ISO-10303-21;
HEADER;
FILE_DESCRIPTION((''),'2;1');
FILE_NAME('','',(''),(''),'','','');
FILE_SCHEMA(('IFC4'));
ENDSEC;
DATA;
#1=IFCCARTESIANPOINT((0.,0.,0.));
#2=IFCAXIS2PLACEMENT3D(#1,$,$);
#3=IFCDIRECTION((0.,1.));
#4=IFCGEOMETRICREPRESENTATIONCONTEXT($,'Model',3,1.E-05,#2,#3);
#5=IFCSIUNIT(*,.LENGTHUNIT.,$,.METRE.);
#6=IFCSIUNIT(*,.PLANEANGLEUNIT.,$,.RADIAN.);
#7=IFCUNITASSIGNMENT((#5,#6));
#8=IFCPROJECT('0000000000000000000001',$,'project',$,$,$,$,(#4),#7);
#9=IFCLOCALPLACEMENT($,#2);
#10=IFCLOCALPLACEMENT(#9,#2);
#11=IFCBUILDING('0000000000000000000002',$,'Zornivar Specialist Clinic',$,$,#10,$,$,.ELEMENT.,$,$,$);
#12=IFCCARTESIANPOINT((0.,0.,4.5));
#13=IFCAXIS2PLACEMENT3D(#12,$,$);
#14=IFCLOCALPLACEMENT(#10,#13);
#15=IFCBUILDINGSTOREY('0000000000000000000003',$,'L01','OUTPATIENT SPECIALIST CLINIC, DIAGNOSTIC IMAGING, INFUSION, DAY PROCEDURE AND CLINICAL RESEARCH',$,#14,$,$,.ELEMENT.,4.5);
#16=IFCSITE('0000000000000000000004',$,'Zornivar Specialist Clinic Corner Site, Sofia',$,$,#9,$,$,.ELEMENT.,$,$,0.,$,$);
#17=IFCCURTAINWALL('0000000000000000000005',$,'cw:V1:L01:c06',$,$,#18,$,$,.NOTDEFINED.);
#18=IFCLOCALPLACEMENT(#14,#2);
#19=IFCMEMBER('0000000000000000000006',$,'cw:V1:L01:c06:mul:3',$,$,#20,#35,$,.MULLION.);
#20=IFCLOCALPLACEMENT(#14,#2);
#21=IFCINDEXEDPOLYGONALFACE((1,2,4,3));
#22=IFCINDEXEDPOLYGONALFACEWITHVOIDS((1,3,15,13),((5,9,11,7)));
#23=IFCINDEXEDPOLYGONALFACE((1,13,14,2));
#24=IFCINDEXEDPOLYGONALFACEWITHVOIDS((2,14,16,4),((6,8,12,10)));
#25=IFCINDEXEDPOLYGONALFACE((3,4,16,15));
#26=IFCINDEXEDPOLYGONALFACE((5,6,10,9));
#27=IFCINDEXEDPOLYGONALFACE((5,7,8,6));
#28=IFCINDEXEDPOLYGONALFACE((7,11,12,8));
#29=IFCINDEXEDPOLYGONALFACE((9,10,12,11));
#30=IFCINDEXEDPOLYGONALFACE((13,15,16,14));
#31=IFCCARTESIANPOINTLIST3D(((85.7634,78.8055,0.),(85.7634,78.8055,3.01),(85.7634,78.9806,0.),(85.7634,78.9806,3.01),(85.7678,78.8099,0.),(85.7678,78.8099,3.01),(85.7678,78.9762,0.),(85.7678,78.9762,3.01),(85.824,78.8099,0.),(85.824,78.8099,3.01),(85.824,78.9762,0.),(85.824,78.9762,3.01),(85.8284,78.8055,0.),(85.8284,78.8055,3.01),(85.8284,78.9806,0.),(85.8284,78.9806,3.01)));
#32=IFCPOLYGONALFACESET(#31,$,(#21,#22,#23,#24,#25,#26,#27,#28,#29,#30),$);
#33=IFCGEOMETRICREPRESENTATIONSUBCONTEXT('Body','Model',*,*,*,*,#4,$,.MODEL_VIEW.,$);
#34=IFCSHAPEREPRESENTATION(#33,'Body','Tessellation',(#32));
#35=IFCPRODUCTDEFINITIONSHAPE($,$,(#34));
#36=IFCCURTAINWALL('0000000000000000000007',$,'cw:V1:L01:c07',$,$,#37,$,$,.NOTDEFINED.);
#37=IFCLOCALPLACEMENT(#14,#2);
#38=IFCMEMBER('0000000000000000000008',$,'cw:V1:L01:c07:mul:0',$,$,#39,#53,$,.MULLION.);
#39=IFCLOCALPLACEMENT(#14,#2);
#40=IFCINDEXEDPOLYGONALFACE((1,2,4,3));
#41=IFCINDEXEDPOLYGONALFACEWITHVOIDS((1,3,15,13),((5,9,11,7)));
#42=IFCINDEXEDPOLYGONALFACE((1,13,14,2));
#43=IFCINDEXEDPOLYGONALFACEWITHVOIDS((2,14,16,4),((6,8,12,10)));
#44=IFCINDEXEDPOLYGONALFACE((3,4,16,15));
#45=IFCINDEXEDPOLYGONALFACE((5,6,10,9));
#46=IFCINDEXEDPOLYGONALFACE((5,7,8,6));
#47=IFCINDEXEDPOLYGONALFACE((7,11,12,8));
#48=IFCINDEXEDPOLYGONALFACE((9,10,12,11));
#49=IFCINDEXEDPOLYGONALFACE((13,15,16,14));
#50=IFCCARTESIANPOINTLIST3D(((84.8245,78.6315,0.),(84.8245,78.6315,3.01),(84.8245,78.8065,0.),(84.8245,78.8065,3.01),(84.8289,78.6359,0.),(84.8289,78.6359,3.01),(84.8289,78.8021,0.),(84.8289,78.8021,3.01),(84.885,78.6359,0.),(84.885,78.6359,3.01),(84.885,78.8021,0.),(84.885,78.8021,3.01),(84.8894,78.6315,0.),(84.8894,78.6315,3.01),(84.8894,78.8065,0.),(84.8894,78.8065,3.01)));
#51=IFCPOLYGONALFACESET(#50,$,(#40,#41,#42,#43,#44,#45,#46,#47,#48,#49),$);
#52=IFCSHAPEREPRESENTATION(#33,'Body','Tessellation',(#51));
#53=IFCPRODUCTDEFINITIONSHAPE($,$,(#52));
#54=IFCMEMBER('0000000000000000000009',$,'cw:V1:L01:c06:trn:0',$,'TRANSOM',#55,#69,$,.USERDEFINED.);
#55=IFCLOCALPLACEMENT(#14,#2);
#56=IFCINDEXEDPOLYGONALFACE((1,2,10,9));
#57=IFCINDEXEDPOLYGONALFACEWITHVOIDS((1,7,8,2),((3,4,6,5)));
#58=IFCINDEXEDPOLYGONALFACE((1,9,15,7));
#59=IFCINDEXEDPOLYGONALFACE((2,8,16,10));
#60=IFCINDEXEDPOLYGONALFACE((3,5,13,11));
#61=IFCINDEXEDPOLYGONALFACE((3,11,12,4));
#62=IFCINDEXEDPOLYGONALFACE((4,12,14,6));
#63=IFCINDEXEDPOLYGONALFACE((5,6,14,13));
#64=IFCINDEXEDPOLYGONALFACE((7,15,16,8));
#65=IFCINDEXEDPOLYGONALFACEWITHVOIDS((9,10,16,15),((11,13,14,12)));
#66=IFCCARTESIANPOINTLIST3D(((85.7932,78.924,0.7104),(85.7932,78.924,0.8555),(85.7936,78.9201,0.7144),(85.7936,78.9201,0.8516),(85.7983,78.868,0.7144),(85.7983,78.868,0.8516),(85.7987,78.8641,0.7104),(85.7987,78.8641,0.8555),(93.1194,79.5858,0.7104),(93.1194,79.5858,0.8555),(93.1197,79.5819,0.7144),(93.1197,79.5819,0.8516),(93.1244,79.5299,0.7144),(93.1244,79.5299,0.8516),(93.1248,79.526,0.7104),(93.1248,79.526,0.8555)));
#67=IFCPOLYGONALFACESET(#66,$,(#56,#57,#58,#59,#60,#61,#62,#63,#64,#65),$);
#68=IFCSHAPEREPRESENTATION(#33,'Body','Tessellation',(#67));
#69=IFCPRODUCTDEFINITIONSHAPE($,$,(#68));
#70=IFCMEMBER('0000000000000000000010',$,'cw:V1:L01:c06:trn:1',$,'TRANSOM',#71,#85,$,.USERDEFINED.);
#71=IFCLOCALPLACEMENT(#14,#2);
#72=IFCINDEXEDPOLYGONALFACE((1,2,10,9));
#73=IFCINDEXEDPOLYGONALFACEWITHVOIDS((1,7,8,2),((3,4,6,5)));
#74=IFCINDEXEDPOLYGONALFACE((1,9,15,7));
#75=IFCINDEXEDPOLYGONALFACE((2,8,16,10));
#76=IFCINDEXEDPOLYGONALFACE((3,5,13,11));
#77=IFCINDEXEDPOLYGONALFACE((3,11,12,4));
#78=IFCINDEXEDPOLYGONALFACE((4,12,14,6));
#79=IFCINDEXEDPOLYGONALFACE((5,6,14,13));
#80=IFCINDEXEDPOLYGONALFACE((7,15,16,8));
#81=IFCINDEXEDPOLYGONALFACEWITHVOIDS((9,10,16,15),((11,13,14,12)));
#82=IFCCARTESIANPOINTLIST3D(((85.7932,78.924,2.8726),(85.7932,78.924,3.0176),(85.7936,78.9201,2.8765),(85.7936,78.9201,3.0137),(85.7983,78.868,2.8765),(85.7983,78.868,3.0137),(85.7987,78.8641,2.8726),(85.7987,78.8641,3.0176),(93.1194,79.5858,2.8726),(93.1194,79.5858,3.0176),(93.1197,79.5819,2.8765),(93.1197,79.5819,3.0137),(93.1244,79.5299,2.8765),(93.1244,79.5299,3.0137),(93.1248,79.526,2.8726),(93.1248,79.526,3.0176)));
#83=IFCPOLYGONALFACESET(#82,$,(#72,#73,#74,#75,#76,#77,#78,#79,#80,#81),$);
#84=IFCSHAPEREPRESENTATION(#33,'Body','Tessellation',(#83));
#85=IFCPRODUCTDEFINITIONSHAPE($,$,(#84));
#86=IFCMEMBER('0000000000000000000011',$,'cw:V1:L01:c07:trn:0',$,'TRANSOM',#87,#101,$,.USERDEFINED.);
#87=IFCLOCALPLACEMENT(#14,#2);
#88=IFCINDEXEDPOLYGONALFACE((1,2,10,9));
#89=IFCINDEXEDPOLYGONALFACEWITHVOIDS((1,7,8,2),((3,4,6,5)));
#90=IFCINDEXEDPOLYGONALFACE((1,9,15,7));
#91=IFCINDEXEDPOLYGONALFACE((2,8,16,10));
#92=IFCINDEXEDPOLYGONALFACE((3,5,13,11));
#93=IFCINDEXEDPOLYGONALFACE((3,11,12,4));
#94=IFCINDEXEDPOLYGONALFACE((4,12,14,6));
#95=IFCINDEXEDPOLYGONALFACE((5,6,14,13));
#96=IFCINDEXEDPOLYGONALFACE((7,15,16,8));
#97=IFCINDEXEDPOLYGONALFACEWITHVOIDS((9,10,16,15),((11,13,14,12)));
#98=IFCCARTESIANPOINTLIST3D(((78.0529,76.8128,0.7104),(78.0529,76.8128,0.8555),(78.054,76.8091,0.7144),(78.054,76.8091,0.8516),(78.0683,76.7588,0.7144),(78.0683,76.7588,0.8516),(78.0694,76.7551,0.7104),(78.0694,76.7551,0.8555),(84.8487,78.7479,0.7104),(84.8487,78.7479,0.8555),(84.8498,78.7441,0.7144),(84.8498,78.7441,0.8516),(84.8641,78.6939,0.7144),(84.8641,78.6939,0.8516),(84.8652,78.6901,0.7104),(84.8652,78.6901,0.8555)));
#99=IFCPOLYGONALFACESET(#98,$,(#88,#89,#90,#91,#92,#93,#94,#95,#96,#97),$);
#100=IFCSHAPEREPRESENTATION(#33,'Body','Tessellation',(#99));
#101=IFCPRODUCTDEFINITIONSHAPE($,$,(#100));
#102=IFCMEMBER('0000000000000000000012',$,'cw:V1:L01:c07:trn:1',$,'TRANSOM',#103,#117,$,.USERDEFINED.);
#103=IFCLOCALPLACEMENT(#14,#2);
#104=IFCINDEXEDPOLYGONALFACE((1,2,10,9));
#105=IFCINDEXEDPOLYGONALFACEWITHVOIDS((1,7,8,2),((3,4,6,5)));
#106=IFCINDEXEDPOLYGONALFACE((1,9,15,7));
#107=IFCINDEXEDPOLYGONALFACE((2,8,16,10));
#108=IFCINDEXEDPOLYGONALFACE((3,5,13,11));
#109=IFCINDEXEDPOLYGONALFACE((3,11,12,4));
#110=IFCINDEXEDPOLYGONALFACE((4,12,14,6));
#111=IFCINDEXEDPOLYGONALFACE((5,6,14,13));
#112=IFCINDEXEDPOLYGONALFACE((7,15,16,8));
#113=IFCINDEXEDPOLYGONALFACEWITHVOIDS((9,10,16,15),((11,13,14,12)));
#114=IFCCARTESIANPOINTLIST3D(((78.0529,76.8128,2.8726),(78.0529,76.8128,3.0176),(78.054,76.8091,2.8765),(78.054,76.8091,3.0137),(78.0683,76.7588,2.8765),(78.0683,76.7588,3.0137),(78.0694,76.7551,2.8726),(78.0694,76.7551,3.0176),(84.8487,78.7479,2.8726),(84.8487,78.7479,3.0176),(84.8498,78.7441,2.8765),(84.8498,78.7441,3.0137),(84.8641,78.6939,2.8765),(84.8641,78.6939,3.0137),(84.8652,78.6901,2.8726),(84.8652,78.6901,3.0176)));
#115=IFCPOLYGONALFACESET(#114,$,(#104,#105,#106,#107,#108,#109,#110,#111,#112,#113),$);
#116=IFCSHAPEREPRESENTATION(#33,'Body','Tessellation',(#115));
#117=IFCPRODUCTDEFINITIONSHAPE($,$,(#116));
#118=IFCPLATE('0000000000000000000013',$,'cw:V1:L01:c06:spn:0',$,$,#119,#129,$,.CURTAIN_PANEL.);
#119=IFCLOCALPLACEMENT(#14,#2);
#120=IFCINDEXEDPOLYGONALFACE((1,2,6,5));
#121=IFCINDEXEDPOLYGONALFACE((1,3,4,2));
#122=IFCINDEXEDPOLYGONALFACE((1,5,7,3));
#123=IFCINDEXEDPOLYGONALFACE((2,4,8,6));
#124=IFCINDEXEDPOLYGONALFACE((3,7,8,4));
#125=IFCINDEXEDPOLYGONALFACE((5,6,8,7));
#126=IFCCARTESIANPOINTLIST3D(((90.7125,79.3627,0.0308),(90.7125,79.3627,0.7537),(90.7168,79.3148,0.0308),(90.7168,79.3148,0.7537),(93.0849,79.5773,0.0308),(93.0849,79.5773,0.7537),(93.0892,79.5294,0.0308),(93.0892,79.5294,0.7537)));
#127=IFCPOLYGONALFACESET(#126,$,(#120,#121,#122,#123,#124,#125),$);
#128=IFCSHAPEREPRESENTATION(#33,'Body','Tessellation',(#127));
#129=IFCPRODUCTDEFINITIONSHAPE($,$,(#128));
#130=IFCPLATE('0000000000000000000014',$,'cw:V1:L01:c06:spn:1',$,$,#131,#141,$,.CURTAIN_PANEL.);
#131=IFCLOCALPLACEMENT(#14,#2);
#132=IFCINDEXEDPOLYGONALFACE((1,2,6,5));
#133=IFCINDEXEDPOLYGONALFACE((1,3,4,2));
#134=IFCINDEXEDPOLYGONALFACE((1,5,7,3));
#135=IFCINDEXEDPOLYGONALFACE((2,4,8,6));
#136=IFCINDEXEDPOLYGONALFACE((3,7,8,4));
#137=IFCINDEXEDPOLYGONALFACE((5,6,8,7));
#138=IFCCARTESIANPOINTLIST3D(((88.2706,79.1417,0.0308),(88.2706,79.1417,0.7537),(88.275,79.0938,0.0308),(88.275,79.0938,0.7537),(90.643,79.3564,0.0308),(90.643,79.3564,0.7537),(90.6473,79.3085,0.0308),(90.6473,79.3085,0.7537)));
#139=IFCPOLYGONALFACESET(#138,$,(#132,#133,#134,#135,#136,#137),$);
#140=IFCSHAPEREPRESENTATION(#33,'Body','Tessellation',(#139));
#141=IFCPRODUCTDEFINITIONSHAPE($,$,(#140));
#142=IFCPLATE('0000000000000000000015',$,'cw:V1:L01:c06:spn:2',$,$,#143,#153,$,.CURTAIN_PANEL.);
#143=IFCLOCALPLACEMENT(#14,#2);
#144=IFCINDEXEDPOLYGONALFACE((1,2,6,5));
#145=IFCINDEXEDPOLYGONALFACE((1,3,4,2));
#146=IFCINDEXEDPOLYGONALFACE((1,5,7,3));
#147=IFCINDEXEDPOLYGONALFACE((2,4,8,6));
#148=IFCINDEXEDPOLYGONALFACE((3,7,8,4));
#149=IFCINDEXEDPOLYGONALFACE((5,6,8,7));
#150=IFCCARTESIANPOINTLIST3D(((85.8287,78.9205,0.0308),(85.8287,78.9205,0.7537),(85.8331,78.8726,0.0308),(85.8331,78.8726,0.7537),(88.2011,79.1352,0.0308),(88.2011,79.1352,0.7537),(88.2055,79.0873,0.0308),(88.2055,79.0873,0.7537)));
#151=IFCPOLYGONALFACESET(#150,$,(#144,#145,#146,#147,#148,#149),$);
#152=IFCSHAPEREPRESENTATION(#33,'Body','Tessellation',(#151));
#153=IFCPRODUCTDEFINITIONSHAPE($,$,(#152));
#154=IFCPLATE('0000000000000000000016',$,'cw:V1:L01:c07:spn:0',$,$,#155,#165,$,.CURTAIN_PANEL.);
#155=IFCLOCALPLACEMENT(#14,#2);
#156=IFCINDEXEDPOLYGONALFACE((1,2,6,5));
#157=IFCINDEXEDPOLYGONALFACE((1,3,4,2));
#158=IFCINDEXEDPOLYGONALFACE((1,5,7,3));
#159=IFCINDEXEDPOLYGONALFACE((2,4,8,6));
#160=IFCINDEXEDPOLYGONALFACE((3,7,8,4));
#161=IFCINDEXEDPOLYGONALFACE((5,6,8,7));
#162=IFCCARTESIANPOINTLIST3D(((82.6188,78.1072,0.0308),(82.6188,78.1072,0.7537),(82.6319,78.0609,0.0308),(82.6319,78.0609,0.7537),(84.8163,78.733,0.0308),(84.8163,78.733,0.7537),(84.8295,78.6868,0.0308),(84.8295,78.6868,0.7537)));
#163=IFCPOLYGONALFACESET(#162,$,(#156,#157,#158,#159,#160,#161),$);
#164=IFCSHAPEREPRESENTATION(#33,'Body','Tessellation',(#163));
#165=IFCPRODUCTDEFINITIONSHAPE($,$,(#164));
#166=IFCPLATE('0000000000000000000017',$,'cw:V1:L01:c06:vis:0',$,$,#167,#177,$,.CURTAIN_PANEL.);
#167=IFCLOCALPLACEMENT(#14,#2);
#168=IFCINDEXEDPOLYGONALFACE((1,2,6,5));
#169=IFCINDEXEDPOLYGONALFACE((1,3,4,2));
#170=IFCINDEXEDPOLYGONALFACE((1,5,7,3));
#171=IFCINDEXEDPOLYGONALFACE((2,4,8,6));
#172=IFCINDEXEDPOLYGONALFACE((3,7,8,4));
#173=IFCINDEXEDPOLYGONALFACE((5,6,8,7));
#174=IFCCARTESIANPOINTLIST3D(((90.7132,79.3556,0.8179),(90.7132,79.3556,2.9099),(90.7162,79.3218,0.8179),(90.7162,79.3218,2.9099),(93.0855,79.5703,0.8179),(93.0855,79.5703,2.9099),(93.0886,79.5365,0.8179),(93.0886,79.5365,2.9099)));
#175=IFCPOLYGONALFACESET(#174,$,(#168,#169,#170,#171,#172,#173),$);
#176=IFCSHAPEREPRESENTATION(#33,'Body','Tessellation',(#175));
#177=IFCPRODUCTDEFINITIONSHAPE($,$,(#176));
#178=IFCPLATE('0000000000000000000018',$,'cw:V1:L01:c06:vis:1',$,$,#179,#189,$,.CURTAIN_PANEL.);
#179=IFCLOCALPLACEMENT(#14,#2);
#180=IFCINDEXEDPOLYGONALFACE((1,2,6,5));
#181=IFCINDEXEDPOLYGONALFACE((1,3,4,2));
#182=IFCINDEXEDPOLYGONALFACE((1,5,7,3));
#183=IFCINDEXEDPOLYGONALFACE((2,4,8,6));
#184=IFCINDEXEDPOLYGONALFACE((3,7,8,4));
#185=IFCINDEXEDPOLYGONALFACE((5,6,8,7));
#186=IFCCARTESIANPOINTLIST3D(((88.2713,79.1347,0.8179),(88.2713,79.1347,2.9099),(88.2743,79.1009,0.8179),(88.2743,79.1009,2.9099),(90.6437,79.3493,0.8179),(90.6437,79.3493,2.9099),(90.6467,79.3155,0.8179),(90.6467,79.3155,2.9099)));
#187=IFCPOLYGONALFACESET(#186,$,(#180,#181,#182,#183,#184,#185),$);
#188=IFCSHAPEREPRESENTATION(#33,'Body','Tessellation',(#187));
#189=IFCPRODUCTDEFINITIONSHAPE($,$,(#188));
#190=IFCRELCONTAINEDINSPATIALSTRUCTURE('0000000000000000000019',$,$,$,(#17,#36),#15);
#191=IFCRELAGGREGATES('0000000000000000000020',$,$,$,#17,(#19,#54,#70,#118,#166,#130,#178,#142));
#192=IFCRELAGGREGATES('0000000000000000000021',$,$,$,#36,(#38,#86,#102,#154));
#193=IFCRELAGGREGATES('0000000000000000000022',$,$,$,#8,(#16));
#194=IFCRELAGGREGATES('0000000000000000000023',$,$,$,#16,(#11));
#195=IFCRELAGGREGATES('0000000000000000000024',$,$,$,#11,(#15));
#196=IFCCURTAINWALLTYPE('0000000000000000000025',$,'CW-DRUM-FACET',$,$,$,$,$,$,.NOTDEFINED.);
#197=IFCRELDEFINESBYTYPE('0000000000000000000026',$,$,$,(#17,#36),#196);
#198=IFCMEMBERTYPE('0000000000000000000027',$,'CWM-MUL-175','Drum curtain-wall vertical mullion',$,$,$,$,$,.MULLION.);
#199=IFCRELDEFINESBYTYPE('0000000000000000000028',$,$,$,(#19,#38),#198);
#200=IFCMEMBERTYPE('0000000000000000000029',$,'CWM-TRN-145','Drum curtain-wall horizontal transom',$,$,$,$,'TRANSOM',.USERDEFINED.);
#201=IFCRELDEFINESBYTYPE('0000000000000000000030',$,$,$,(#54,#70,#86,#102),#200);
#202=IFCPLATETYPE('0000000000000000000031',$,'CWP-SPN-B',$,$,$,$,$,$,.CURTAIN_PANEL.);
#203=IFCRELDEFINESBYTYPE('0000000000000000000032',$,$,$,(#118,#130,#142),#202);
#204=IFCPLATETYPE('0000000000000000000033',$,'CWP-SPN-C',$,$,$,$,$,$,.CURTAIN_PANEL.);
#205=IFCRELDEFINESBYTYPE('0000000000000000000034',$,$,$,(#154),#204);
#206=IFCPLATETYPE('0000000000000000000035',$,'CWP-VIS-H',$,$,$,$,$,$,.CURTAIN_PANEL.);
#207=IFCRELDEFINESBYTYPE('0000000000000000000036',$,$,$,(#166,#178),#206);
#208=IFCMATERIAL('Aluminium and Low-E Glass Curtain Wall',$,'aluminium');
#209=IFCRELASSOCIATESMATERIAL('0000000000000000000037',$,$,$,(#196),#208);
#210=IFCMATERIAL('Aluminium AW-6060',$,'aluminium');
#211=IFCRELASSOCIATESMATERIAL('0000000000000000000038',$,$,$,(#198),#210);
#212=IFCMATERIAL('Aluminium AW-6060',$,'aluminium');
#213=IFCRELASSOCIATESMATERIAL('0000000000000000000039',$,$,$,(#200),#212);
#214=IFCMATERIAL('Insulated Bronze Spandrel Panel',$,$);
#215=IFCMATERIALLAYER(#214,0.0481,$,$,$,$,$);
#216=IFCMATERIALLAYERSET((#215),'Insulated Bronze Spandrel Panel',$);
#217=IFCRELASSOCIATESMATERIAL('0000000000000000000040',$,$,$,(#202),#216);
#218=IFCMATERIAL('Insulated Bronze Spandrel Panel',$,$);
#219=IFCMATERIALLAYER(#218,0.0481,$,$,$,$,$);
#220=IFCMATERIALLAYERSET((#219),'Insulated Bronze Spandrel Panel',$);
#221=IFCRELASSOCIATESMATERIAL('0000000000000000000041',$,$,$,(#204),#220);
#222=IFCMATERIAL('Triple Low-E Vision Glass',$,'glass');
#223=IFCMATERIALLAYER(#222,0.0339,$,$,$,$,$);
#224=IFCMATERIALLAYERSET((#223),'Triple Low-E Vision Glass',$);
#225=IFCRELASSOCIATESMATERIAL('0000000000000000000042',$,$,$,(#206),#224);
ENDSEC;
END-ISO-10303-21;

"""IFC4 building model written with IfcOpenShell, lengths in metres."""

from ifc_helpers import new_model, si_unit, direction, frame, origin, origin_2d, place, context, subcontext, project, spatial, rectangle, hollow_rectangle, extrude, material, layer, layer_set, material_profile, profile_set, type_object, element, aggregate, save


model = new_model("IFC4")

# Units and contexts
model_context = context("Model", 3, precision=1e-05, world=origin(), true_north=direction((0.0, 1.0)))
body_context = subcontext(model_context, "Body", "Model", "MODEL_VIEW")
ifc_project = project(units=[si_unit("LENGTHUNIT", "METRE"), si_unit("PLANEANGLEUNIT", "RADIAN")], contexts=[model_context])

# Site, building, storey
site_placement = place(None, origin())
site = spatial("IfcSite", under=ifc_project, at=site_placement, Name="Zornivar Specialist Clinic Corner Site, Sofia", CompositionType="ELEMENT", RefElevation=0.0)
building_placement = place(site_placement, origin())
building = spatial("IfcBuilding", under=site, at=building_placement, Name="Zornivar Specialist Clinic", CompositionType="ELEMENT")
storey_placement = place(building_placement, frame((0.0, 0.0, 4.5)))
storey = spatial("IfcBuildingStorey", under=building, at=storey_placement, Name="L01", Description="OUTPATIENT SPECIALIST CLINIC, DIAGNOSTIC IMAGING, INFUSION, DAY PROCEDURE AND CLINICAL RESEARCH", CompositionType="ELEMENT", Elevation=4.5)

# Curtain wall, member
ifc_material_1 = material(Name="Aluminium and Low-E Glass Curtain Wall", Category="aluminium")
curtain_wall_type = type_object("IfcCurtainWallType", Name="CW-DRUM-FACET", PredefinedType="NOTDEFINED", material=ifc_material_1)
curtain_wall_1_placement = place(storey_placement, origin())
curtain_wall_1 = element("IfcCurtainWall", 1, at=curtain_wall_1_placement, inside=storey, type_object=curtain_wall_type, Name="cw:V1:L01:c06", PredefinedType="NOTDEFINED")
ifc_material_2 = material(Name="Aluminium AW-6060", Category="aluminium")
ifc_material_profile_1 = material_profile(ifc_material_2, hollow_rectangle(XDim=0.0649, YDim=0.175, WallThickness=0.0044, at=origin_2d()), Name="ALU 65x175x4.5")
ifc_profile_set_1 = profile_set([ifc_material_profile_1], Name="Aluminium AW-6060")
member_type_1 = type_object("IfcMemberType", Name="CWM-MUL-175", Description="Drum curtain-wall vertical mullion", PredefinedType="MULLION", material=ifc_profile_set_1)
member_1_placement = place(storey_placement, frame((85.7959, 78.8931, 0.0), z_axis=(0.0, 0.0, 1.0), x_axis=(1.0, 0.0, 0.0)))
member_1 = element("IfcMember", 2, at=member_1_placement, type_object=member_type_1, Name="cw:V1:L01:c06:mul:3", PredefinedType="MULLION", context=body_context, shape_type="SweptSolid", body=[
    extrude(hollow_rectangle(XDim=0.0649, YDim=0.175, WallThickness=0.0044, at=origin_2d()), origin(), (0.0, 0.0, 1.0), 3.01),
])

# Curtain wall, member
curtain_wall_2_placement = place(storey_placement, origin())
curtain_wall_2 = element("IfcCurtainWall", 3, at=curtain_wall_2_placement, inside=storey, type_object=curtain_wall_type, Name="cw:V1:L01:c07", PredefinedType="NOTDEFINED")
member_2_placement = place(storey_placement, frame((84.8569, 78.719, 0.0), z_axis=(0.0, 0.0, 1.0), x_axis=(1.0, 0.0, 0.0)))
member_2 = element("IfcMember", 4, at=member_2_placement, type_object=member_type_1, Name="cw:V1:L01:c07:mul:0", PredefinedType="MULLION", context=body_context, shape_type="SweptSolid", body=[
    extrude(hollow_rectangle(XDim=0.0649, YDim=0.175, WallThickness=0.0044, at=origin_2d()), origin(), (0.0, 0.0, 1.0), 3.01),
])

# Members
ifc_material_3 = material(Name="Aluminium AW-6060", Category="aluminium")
ifc_material_profile_2 = material_profile(ifc_material_3, hollow_rectangle(XDim=0.0601, YDim=0.145, WallThickness=0.0039, at=origin_2d()), Name="ALU 60x145x4")
ifc_profile_set_2 = profile_set([ifc_material_profile_2], Name="Aluminium AW-6060")
member_type_2 = type_object("IfcMemberType", Name="CWM-TRN-145", Description="Drum curtain-wall horizontal transom", ElementType="TRANSOM", PredefinedType="USERDEFINED", material=ifc_profile_set_2)
member_3_placement = place(storey_placement, frame((93.1221, 79.5559, 0.783), z_axis=(-0.995944, -0.089976, 0.0), x_axis=(0.089976, -0.995944, 0.0)))
member_3 = element("IfcMember", 5, at=member_3_placement, type_object=member_type_2, Name="cw:V1:L01:c06:trn:0", ObjectType="TRANSOM", PredefinedType="USERDEFINED", context=body_context, shape_type="SweptSolid", body=[
    extrude(hollow_rectangle(XDim=0.0601, YDim=0.145, WallThickness=0.0039, at=origin_2d()), origin(), (0.0, 0.0, 1.0), 7.356),
])
member_4_placement = place(storey_placement, frame((93.1221, 79.5559, 2.9451), z_axis=(-0.995944, -0.089976, 0.0), x_axis=(0.089976, -0.995944, 0.0)))
member_4 = element("IfcMember", 6, at=member_4_placement, type_object=member_type_2, Name="cw:V1:L01:c06:trn:1", ObjectType="TRANSOM", PredefinedType="USERDEFINED", context=body_context, shape_type="SweptSolid", body=[
    extrude(hollow_rectangle(XDim=0.0601, YDim=0.145, WallThickness=0.0039, at=origin_2d()), origin(), (0.0, 0.0, 1.0), 7.356),
])
member_5_placement = place(storey_placement, frame((84.8569, 78.719, 0.783), z_axis=(-0.961771, -0.273854, 0.0), x_axis=(0.273854, -0.961771, 0.0)))
member_5 = element("IfcMember", 7, at=member_5_placement, type_object=member_type_2, Name="cw:V1:L01:c07:trn:0", ObjectType="TRANSOM", PredefinedType="USERDEFINED", context=body_context, shape_type="SweptSolid", body=[
    extrude(hollow_rectangle(XDim=0.0601, YDim=0.145, WallThickness=0.0039, at=origin_2d()), origin(), (0.0, 0.0, 1.0), 7.0659),
])
member_6_placement = place(storey_placement, frame((84.8569, 78.719, 2.9451), z_axis=(-0.961771, -0.273854, 0.0), x_axis=(0.273854, -0.961771, 0.0)))
member_6 = element("IfcMember", 8, at=member_6_placement, type_object=member_type_2, Name="cw:V1:L01:c07:trn:1", ObjectType="TRANSOM", PredefinedType="USERDEFINED", context=body_context, shape_type="SweptSolid", body=[
    extrude(hollow_rectangle(XDim=0.0601, YDim=0.145, WallThickness=0.0039, at=origin_2d()), origin(), (0.0, 0.0, 1.0), 7.0659),
])

# Plates
ifc_material_4 = material(Name="Insulated Bronze Spandrel Panel")
ifc_layer_1 = layer(ifc_material_4, 0.0481)
ifc_layer_set_1 = layer_set([ifc_layer_1], Name="Insulated Bronze Spandrel Panel")
plate_type_1 = type_object("IfcPlateType", Name="CWP-SPN-B", PredefinedType="CURTAIN_PANEL", material=ifc_layer_set_1)
plate_1_placement = place(storey_placement, frame((91.9009, 79.446, 0.0308), z_axis=(0.0, 0.0, 1.0), x_axis=(-0.995933, -0.090099, 0.0)))
plate_1 = element("IfcPlate", 9, at=plate_1_placement, type_object=plate_type_1, Name="cw:V1:L01:c06:spn:0", PredefinedType="CURTAIN_PANEL", context=body_context, shape_type="SweptSolid", body=[
    extrude(rectangle(XDim=2.3821, YDim=0.0481, at=origin_2d()), origin(), (0.0, 0.0, 1.0), 0.7229),
])
plate_2_placement = place(storey_placement, frame((89.459, 79.2251, 0.0308), z_axis=(0.0, 0.0, 1.0), x_axis=(-0.995933, -0.090099, 0.0)))
plate_2 = element("IfcPlate", 10, at=plate_2_placement, type_object=plate_type_1, Name="cw:V1:L01:c06:spn:1", PredefinedType="CURTAIN_PANEL", context=body_context, shape_type="SweptSolid", body=[
    extrude(rectangle(XDim=2.3821, YDim=0.0481, at=origin_2d()), origin(), (0.0, 0.0, 1.0), 0.7229),
])
plate_3_placement = place(storey_placement, frame((87.0171, 79.0039, 0.0308), z_axis=(0.0, 0.0, 1.0), x_axis=(-0.995933, -0.090099, 0.0)))
plate_3 = element("IfcPlate", 11, at=plate_3_placement, type_object=plate_type_1, Name="cw:V1:L01:c06:spn:2", PredefinedType="CURTAIN_PANEL", context=body_context, shape_type="SweptSolid", body=[
    extrude(rectangle(XDim=2.3821, YDim=0.0481, at=origin_2d()), origin(), (0.0, 0.0, 1.0), 0.7229),
])
ifc_material_5 = material(Name="Insulated Bronze Spandrel Panel")
ifc_layer_2 = layer(ifc_material_5, 0.0481)
ifc_layer_set_2 = layer_set([ifc_layer_2], Name="Insulated Bronze Spandrel Panel")
plate_type_2 = type_object("IfcPlateType", Name="CWP-SPN-C", PredefinedType="CURTAIN_PANEL", material=ifc_layer_set_2)
plate_4_placement = place(storey_placement, frame((83.7241, 78.397, 0.0308), z_axis=(0.0, 0.0, 1.0), x_axis=(-0.961761, -0.273889, 0.0)))
plate_4 = element("IfcPlate", 12, at=plate_4_placement, type_object=plate_type_2, Name="cw:V1:L01:c07:spn:0", PredefinedType="CURTAIN_PANEL", context=body_context, shape_type="SweptSolid", body=[
    extrude(rectangle(XDim=2.2849, YDim=0.0481, at=origin_2d()), origin(), (0.0, 0.0, 1.0), 0.7229),
])
ifc_material_6 = material(Name="Triple Low-E Vision Glass", Category="glass")
ifc_layer_3 = layer(ifc_material_6, 0.0339)
ifc_layer_set_3 = layer_set([ifc_layer_3], Name="Triple Low-E Vision Glass")
plate_type_3 = type_object("IfcPlateType", Name="CWP-VIS-H", PredefinedType="CURTAIN_PANEL", material=ifc_layer_set_3)
plate_5_placement = place(storey_placement, frame((91.9009, 79.446, 0.8179), z_axis=(0.0, 0.0, 1.0), x_axis=(-0.995933, -0.090099, 0.0)))
plate_5 = element("IfcPlate", 13, at=plate_5_placement, type_object=plate_type_3, Name="cw:V1:L01:c06:vis:0", PredefinedType="CURTAIN_PANEL", context=body_context, shape_type="SweptSolid", body=[
    extrude(rectangle(XDim=2.3821, YDim=0.0339, at=origin_2d()), origin(), (0.0, 0.0, 1.0), 2.092),
])
plate_6_placement = place(storey_placement, frame((89.459, 79.2251, 0.8179), z_axis=(0.0, 0.0, 1.0), x_axis=(-0.995933, -0.090099, 0.0)))
plate_6 = element("IfcPlate", 14, at=plate_6_placement, type_object=plate_type_3, Name="cw:V1:L01:c06:vis:1", PredefinedType="CURTAIN_PANEL", context=body_context, shape_type="SweptSolid", body=[
    extrude(rectangle(XDim=2.3821, YDim=0.0339, at=origin_2d()), origin(), (0.0, 0.0, 1.0), 2.092),
])
aggregate(curtain_wall_1, [member_1, member_3, member_4, plate_1, plate_5, plate_2, plate_6, plate_3])
aggregate(curtain_wall_2, [member_2, member_5, member_6, plate_4])

save(model, "model.ifc")
